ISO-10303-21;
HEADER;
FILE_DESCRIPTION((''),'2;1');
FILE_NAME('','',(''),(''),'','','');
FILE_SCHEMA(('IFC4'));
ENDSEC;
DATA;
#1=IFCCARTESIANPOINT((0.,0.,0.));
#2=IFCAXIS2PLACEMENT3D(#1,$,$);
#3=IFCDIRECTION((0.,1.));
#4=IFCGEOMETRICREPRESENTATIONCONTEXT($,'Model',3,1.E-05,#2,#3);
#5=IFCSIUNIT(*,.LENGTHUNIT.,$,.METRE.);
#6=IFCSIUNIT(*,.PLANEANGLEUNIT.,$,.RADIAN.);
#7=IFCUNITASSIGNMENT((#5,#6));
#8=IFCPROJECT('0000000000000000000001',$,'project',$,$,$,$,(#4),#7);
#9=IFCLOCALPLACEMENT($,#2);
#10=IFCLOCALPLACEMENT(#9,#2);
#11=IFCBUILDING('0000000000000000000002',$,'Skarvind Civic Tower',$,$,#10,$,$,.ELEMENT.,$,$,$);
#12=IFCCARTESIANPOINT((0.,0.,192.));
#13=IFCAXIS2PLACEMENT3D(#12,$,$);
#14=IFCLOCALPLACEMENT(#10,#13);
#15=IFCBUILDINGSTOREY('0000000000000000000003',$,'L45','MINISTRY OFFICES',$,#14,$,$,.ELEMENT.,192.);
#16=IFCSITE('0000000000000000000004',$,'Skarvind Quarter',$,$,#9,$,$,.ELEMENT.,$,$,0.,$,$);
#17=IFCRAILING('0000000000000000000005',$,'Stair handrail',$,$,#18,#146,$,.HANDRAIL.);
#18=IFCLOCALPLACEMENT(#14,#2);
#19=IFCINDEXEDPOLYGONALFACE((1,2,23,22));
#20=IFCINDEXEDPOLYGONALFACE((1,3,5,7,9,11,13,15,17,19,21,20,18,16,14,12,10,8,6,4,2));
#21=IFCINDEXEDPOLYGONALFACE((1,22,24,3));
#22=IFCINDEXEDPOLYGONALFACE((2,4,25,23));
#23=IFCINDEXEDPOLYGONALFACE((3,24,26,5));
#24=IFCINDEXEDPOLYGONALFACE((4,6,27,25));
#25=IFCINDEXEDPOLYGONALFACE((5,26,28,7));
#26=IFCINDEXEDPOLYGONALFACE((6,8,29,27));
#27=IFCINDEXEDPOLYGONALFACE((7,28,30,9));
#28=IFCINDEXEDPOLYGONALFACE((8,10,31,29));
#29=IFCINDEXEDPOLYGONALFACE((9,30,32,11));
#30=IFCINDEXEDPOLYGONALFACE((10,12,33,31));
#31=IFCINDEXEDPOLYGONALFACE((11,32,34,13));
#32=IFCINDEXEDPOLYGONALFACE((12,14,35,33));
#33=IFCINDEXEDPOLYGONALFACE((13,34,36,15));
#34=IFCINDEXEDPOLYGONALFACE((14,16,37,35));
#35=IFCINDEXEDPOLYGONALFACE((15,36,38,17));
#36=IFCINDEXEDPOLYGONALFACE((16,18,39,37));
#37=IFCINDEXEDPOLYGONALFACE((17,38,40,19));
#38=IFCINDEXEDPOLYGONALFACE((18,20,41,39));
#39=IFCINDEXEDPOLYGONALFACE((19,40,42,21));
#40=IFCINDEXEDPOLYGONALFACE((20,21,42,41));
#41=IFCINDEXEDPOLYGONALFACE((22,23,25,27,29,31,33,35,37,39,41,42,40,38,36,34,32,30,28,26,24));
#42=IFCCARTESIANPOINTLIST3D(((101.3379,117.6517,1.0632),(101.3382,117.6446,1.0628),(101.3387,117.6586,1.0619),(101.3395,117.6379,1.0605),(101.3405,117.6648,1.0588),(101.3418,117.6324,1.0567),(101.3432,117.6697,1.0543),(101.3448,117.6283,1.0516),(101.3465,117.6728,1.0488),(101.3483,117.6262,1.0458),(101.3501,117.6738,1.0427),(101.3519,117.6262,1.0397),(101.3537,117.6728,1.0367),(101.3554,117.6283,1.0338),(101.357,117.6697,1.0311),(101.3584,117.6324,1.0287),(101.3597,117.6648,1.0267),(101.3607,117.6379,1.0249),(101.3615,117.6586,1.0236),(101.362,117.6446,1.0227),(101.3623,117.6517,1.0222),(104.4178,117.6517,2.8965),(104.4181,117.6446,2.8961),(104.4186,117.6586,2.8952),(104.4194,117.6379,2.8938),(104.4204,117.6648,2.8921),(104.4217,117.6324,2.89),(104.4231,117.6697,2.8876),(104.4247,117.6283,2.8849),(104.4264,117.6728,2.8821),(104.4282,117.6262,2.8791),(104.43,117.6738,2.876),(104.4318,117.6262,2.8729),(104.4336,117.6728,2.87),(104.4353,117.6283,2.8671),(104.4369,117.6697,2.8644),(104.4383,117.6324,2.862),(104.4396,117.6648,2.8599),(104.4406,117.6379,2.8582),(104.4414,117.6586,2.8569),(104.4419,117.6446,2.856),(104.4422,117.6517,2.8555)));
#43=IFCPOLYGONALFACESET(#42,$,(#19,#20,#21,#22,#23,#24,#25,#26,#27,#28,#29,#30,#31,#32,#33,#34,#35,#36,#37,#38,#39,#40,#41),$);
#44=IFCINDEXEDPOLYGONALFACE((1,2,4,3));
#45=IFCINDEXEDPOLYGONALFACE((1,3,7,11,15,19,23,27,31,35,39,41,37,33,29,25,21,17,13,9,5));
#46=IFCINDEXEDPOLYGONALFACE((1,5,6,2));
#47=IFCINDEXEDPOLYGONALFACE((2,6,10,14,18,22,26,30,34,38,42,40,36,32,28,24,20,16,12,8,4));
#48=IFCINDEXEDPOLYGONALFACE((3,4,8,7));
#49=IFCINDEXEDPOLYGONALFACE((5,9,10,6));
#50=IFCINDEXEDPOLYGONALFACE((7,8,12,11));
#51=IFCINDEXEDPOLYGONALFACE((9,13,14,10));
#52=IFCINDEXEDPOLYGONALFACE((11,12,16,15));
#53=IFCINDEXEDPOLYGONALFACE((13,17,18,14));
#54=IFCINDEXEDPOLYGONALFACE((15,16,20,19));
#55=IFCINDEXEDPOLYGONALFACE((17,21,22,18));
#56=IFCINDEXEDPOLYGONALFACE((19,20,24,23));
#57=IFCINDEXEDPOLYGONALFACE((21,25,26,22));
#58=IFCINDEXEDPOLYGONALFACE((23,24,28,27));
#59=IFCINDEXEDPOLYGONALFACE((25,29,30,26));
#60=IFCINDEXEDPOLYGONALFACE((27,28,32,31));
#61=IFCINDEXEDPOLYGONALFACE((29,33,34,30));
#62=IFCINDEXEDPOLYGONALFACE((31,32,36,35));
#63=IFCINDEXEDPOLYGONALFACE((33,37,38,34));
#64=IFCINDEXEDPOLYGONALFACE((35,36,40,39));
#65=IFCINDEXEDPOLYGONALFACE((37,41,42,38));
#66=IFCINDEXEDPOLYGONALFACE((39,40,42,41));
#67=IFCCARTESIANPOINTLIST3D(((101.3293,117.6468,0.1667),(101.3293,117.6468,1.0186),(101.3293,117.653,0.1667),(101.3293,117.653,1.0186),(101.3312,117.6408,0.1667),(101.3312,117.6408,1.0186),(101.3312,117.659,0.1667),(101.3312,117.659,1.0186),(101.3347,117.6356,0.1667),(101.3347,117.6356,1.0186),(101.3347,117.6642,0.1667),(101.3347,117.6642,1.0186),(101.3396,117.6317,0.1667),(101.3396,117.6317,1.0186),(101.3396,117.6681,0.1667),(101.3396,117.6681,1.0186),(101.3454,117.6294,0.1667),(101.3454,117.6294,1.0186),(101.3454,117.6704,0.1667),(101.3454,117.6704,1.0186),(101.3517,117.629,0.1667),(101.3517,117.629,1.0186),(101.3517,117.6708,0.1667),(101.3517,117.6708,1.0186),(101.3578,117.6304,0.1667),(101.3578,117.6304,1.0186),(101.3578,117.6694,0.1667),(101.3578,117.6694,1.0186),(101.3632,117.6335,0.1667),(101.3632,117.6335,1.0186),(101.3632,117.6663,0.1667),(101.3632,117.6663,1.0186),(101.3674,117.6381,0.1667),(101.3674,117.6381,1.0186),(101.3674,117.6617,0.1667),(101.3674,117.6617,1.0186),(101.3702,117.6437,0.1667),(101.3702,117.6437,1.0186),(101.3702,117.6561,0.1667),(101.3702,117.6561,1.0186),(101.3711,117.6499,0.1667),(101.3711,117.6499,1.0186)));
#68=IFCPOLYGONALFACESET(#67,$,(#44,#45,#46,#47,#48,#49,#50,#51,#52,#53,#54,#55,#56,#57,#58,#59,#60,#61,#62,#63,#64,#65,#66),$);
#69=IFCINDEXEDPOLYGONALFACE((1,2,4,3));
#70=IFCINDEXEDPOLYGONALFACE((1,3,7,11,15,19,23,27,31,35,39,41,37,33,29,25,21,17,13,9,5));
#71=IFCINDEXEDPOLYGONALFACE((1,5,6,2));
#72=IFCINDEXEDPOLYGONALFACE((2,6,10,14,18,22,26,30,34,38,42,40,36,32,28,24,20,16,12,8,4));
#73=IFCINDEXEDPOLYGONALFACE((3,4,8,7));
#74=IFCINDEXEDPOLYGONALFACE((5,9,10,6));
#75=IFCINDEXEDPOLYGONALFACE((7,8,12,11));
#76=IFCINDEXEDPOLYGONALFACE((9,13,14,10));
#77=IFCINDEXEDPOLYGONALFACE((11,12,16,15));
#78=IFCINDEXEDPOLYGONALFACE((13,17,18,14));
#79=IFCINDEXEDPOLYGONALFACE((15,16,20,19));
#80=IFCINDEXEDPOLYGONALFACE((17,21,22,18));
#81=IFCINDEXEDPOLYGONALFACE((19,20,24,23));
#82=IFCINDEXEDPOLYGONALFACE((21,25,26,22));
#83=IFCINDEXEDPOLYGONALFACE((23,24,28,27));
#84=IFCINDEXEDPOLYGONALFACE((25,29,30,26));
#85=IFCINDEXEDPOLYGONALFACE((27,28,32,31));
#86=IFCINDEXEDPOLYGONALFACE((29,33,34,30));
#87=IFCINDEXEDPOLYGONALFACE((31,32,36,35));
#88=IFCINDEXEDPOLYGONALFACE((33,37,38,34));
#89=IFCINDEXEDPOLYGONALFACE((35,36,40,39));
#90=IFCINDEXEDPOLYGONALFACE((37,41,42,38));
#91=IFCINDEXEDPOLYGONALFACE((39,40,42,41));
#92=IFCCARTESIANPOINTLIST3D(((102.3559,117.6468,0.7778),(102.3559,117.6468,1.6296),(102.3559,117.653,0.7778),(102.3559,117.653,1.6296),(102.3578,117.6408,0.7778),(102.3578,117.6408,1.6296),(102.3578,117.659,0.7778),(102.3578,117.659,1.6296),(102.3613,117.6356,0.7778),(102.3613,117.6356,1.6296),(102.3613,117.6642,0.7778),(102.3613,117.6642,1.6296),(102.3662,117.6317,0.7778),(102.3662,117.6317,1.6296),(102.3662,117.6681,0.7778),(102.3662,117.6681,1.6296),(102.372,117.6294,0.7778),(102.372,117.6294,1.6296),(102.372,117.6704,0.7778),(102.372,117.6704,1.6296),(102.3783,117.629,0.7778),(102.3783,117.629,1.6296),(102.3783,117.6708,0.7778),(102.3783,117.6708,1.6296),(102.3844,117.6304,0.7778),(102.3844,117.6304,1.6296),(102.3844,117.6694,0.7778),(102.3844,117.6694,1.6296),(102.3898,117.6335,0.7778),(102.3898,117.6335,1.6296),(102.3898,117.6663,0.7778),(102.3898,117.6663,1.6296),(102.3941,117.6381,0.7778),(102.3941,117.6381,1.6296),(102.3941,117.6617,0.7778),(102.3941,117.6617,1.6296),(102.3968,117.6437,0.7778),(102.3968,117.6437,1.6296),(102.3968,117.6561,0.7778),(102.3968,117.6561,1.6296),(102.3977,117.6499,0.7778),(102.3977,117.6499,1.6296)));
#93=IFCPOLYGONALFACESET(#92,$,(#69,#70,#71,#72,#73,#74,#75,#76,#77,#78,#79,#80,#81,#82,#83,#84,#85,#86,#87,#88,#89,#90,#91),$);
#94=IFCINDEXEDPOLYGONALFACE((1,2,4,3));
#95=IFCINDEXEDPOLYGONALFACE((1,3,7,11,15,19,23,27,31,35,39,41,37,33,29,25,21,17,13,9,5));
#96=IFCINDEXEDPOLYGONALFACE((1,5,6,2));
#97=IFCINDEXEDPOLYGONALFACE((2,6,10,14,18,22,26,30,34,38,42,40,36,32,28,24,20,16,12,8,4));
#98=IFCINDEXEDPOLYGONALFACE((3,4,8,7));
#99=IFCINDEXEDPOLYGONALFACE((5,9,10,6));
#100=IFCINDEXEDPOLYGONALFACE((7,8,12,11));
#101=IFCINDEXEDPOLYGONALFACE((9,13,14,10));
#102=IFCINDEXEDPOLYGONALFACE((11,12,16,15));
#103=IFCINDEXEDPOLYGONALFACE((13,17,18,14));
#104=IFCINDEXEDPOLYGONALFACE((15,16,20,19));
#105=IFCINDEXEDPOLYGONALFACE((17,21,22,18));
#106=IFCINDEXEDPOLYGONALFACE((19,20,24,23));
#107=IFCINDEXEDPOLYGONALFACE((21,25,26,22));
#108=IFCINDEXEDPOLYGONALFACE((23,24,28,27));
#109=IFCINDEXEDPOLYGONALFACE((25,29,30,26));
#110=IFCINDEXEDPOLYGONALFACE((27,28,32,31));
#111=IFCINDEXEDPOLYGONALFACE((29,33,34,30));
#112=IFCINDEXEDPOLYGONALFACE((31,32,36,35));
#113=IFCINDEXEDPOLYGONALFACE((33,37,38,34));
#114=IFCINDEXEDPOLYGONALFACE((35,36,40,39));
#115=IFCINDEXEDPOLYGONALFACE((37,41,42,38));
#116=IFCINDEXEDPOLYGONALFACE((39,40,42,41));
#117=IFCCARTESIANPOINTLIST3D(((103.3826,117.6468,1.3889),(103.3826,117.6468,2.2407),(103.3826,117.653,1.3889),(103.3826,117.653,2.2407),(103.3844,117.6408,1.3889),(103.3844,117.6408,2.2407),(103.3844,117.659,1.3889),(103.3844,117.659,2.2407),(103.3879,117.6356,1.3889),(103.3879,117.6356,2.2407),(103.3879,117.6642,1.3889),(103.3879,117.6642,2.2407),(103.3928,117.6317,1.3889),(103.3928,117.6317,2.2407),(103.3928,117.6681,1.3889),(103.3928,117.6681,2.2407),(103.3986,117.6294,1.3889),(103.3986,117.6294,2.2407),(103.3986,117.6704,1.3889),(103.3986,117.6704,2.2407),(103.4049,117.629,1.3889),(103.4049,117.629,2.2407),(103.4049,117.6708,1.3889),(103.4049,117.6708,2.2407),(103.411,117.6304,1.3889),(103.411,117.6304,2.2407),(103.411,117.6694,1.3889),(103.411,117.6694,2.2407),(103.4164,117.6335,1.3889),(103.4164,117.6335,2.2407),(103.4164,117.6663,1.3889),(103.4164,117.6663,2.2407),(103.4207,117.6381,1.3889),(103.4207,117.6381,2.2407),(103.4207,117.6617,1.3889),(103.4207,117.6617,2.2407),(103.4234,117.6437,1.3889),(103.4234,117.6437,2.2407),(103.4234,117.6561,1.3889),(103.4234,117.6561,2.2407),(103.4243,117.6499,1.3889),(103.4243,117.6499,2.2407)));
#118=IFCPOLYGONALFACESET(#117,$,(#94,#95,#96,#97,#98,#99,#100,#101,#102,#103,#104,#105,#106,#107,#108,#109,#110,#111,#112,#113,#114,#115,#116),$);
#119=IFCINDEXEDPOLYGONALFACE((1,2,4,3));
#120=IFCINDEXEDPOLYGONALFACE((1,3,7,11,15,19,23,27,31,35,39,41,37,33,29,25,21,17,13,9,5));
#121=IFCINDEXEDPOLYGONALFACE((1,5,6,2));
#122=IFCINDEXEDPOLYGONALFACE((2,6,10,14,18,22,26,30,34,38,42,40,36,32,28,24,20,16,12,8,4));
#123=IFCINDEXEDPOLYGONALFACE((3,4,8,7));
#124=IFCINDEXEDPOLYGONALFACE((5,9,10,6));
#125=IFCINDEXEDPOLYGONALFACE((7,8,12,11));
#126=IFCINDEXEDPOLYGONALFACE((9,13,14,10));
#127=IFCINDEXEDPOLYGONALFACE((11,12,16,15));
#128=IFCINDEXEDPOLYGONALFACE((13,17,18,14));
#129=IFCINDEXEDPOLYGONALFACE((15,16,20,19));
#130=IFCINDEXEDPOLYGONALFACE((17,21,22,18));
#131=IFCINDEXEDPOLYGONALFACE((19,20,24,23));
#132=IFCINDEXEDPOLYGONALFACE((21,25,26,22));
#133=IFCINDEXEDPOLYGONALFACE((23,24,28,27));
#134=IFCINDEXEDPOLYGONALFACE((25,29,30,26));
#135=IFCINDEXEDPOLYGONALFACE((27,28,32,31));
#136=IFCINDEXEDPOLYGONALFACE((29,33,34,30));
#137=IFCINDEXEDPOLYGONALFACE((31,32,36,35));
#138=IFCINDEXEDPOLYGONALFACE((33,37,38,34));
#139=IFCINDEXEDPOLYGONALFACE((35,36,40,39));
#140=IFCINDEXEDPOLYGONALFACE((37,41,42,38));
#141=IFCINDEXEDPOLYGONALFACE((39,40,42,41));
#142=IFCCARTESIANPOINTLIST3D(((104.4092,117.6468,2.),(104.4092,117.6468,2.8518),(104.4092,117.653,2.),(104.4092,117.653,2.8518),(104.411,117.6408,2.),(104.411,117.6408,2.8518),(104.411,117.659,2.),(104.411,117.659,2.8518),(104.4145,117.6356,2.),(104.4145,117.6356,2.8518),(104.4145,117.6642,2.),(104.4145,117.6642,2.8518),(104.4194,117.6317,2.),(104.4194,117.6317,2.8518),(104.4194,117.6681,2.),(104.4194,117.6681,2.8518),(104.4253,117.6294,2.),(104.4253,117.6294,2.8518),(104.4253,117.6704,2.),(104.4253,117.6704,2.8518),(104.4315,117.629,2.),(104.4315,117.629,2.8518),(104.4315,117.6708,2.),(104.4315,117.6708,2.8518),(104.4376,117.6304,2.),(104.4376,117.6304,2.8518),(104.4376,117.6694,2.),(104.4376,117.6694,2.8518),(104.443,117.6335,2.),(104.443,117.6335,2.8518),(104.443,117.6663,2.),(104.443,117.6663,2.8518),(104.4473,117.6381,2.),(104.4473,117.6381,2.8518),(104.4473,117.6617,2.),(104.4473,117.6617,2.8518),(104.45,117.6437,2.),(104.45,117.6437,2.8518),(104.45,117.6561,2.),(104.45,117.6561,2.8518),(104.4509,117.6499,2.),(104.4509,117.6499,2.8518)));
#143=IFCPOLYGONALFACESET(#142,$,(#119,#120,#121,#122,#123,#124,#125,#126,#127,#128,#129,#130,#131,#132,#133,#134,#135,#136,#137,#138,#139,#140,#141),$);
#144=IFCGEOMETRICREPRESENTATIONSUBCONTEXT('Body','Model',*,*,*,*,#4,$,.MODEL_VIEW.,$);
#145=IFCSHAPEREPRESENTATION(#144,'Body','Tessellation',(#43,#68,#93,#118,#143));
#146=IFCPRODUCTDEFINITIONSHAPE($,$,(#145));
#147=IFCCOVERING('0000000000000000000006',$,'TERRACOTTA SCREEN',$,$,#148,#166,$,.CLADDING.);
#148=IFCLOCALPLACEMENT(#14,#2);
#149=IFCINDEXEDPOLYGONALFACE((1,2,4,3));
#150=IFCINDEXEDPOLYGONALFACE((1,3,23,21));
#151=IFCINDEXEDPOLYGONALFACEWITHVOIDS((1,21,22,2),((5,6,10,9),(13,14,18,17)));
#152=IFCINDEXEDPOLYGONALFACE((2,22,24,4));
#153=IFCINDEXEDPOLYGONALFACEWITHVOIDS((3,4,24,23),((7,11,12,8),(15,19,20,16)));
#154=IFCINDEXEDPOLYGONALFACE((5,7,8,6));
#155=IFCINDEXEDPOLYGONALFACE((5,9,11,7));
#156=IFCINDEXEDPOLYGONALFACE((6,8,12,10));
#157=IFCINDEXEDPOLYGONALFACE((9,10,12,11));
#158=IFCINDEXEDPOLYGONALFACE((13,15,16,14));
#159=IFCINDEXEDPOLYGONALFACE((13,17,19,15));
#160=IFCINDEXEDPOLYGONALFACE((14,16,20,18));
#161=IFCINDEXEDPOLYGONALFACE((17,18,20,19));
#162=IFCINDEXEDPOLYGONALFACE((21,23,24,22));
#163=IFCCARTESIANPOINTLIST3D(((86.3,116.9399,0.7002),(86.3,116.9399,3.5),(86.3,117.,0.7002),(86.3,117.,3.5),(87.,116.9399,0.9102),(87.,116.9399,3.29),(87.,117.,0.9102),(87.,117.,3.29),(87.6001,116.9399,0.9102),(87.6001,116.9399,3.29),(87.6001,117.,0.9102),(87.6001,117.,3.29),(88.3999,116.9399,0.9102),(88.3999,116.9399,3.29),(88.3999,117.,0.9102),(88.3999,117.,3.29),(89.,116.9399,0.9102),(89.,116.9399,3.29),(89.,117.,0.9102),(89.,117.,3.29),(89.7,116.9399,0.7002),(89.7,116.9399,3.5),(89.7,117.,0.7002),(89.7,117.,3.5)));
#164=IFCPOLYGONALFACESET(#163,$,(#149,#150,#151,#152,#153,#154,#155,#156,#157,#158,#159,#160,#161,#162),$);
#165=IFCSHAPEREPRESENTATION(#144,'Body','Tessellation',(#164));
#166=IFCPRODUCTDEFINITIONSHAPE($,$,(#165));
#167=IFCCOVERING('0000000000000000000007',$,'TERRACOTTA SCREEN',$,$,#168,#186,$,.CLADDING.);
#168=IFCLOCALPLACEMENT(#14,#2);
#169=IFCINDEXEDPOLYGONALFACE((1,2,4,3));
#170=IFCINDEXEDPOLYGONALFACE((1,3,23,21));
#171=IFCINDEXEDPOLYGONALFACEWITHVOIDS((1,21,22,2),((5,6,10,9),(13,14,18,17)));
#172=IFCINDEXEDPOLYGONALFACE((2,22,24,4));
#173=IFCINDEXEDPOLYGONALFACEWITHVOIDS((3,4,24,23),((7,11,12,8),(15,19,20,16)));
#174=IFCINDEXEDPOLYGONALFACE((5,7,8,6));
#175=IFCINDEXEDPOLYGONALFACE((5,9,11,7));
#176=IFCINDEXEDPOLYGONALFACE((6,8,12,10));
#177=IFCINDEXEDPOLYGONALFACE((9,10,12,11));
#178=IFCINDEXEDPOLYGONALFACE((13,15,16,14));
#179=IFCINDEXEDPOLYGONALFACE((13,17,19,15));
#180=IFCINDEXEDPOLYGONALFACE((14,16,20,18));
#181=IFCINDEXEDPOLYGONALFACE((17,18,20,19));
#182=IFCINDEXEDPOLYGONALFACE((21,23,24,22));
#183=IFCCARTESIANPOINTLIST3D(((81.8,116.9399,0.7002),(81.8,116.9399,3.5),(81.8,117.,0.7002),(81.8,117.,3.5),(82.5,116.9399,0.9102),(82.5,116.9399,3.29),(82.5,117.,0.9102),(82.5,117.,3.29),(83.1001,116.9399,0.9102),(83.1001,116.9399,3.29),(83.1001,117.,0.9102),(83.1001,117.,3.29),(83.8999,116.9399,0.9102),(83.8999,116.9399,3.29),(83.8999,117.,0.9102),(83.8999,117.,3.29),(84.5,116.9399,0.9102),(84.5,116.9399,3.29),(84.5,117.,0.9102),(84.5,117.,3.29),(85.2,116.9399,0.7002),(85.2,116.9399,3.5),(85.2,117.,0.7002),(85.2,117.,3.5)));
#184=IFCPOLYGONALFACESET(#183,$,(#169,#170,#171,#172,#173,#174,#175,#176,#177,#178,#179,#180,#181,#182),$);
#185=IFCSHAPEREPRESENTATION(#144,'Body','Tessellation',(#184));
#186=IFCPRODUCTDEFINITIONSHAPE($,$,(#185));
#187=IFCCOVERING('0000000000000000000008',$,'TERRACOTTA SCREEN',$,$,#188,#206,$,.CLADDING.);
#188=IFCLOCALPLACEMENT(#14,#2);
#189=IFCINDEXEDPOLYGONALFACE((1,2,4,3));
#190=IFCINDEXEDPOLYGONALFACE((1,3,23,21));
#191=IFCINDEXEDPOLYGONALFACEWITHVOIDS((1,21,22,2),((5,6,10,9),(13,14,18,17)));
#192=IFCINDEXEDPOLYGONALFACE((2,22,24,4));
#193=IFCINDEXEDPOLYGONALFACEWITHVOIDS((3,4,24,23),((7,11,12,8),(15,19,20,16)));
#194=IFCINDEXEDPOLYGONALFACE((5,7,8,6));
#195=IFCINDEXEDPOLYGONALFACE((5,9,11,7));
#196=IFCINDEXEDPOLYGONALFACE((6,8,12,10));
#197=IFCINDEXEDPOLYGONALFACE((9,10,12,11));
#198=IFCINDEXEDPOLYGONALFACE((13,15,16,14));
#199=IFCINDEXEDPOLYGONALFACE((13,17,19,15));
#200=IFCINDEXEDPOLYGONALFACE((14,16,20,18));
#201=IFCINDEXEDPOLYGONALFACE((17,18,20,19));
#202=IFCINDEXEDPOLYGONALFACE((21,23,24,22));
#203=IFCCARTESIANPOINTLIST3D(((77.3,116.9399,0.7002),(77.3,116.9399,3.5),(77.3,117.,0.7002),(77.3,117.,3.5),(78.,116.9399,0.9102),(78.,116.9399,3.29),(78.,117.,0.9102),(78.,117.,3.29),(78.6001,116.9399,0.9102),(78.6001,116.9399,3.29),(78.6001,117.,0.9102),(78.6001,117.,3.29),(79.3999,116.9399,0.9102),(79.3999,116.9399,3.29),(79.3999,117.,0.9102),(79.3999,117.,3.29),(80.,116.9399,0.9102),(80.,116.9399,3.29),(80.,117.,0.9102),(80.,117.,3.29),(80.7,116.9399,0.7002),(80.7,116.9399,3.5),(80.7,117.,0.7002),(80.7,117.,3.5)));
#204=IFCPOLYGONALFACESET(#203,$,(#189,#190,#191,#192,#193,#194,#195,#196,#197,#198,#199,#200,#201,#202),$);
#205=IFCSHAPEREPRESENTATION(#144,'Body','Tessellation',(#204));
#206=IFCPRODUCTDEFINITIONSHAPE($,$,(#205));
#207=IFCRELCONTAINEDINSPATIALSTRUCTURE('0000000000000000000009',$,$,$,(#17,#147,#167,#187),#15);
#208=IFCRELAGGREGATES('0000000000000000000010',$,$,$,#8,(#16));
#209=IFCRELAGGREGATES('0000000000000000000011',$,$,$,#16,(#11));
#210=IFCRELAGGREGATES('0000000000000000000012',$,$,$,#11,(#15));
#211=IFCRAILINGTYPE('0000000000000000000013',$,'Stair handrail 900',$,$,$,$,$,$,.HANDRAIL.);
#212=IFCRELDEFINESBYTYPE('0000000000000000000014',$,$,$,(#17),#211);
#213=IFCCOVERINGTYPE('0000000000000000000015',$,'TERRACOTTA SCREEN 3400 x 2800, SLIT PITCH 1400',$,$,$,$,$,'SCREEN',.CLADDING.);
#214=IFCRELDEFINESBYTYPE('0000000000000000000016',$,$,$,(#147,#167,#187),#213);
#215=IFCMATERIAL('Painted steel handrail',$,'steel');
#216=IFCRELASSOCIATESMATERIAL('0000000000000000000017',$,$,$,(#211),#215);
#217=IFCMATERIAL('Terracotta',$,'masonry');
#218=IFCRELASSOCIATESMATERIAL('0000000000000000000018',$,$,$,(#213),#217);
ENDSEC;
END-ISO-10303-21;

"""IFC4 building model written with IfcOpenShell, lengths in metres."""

from ifc_helpers import new_model, si_unit, direction, frame, origin, origin_2d, place, context, subcontext, project, spatial, polyline, circle, outline, extrude, material, material_profile, profile_set, type_object, element, save


model = new_model("IFC4")

# Units and contexts
model_context = context("Model", 3, precision=1e-05, world=origin(), true_north=direction((0.0, 1.0)))
body_context = subcontext(model_context, "Body", "Model", "MODEL_VIEW")
ifc_project = project(units=[si_unit("LENGTHUNIT", "METRE"), si_unit("PLANEANGLEUNIT", "RADIAN")], contexts=[model_context])

# Site, building, storey
site_placement = place(None, origin())
site = spatial("IfcSite", under=ifc_project, at=site_placement, Name="Skarvind Quarter", CompositionType="ELEMENT", RefElevation=0.0)
building_placement = place(site_placement, origin())
building = spatial("IfcBuilding", under=site, at=building_placement, Name="Skarvind Civic Tower", CompositionType="ELEMENT")
storey_placement = place(building_placement, frame((0.0, 0.0, 192.0)))
storey = spatial("IfcBuildingStorey", under=building, at=storey_placement, Name="L45", Description="MINISTRY OFFICES", CompositionType="ELEMENT", Elevation=192.0)

# Railing
ifc_material_1 = material(Name="Painted steel handrail", Category="steel")
railing_type_1 = type_object("IfcRailingType", Name="Stair handrail 900", PredefinedType="HANDRAIL", material=ifc_material_1)
railing_1_placement = place(storey_placement, frame((101.3501, 117.6499, 0.1667)))
element("IfcRailing", 1, at=railing_1_placement, inside=storey, type_object=railing_type_1, Name="Stair handrail", PredefinedType="HANDRAIL", context=body_context, shape_type="SweptSolid", body=[
    extrude(circle(Radius=0.0239, at=origin_2d()), frame((0.0, 0.0, 0.876), z_axis=(0.859291, 0.0, 0.511487), x_axis=(0.0, 1.0, 0.0)), (0.0, 0.0, 1.0), 3.5842),
    extrude(circle(Radius=0.021, at=origin_2d()), origin(), (0.0, 0.0, 1.0), 0.8518),
    extrude(circle(Radius=0.021, at=origin_2d()), frame((1.0266, 0.0, 0.6111)), (0.0, 0.0, 1.0), 0.8518),
    extrude(circle(Radius=0.021, at=origin_2d()), frame((2.0532, 0.0, 1.2222)), (0.0, 0.0, 1.0), 0.8518),
    extrude(circle(Radius=0.021, at=origin_2d()), frame((3.0798, 0.0, 1.8333)), (0.0, 0.0, 1.0), 0.8518),
])

# Coverings
ifc_material_2 = material(Name="Terracotta", Category="masonry")
ifc_material_profile_1 = material_profile(ifc_material_2, outline(polyline([(-1.7, -1.3999), (1.7, -1.3999), (1.7, 1.3999), (-1.7, 1.3999), (-1.7, -1.3999)]), holes=[polyline([(-1.0, -1.1899), (-0.3999, -1.1899), (-0.3999, 1.1899), (-1.0, 1.1899), (-1.0, -1.1899)]), polyline([(0.3999, -1.1899), (1.0, -1.1899), (1.0, 1.1899), (0.3999, 1.1899), (0.3999, -1.1899)])]), Name="TERRACOTTA SCREEN 3400 x 2800, SLIT PITCH 1400")
ifc_profile_set_1 = profile_set([ifc_material_profile_1], Name="Terracotta")
covering_type = type_object("IfcCoveringType", Name="TERRACOTTA SCREEN 3400 x 2800, SLIT PITCH 1400", ElementType="SCREEN", PredefinedType="CLADDING", material=ifc_profile_set_1)
for number, where, z_axis, x_axis, name in (
    (2, (88.0, 117.0, 2.1001), (0.0, -1.0, 0.0), (1.0, 0.0, 0.0), "TERRACOTTA SCREEN"),
    (3, (83.5, 117.0, 2.1001), (0.0, -1.0, 0.0), (1.0, 0.0, 0.0), "TERRACOTTA SCREEN"),
    (4, (79.0, 117.0, 2.1001), (0.0, -1.0, 0.0), (1.0, 0.0, 0.0), "TERRACOTTA SCREEN"),
):
    element("IfcCovering", number, at=place(storey_placement, frame(where, z_axis=z_axis, x_axis=x_axis)), inside=storey, type_object=covering_type, Name=name, PredefinedType="CLADDING", context=body_context, shape_type="SweptSolid", body=[
        extrude(outline(polyline([(-1.7, -1.3999), (1.7, -1.3999), (1.7, 1.3999), (-1.7, 1.3999), (-1.7, -1.3999)]), holes=[polyline([(-1.0, -1.1899), (-0.3999, -1.1899), (-0.3999, 1.1899), (-1.0, 1.1899), (-1.0, -1.1899)]), polyline([(0.3999, -1.1899), (1.0, -1.1899), (1.0, 1.1899), (0.3999, 1.1899), (0.3999, -1.1899)])]), origin(), (0.0, 0.0, 1.0), 0.0601),
    ])

save(model, "model.ifc")
